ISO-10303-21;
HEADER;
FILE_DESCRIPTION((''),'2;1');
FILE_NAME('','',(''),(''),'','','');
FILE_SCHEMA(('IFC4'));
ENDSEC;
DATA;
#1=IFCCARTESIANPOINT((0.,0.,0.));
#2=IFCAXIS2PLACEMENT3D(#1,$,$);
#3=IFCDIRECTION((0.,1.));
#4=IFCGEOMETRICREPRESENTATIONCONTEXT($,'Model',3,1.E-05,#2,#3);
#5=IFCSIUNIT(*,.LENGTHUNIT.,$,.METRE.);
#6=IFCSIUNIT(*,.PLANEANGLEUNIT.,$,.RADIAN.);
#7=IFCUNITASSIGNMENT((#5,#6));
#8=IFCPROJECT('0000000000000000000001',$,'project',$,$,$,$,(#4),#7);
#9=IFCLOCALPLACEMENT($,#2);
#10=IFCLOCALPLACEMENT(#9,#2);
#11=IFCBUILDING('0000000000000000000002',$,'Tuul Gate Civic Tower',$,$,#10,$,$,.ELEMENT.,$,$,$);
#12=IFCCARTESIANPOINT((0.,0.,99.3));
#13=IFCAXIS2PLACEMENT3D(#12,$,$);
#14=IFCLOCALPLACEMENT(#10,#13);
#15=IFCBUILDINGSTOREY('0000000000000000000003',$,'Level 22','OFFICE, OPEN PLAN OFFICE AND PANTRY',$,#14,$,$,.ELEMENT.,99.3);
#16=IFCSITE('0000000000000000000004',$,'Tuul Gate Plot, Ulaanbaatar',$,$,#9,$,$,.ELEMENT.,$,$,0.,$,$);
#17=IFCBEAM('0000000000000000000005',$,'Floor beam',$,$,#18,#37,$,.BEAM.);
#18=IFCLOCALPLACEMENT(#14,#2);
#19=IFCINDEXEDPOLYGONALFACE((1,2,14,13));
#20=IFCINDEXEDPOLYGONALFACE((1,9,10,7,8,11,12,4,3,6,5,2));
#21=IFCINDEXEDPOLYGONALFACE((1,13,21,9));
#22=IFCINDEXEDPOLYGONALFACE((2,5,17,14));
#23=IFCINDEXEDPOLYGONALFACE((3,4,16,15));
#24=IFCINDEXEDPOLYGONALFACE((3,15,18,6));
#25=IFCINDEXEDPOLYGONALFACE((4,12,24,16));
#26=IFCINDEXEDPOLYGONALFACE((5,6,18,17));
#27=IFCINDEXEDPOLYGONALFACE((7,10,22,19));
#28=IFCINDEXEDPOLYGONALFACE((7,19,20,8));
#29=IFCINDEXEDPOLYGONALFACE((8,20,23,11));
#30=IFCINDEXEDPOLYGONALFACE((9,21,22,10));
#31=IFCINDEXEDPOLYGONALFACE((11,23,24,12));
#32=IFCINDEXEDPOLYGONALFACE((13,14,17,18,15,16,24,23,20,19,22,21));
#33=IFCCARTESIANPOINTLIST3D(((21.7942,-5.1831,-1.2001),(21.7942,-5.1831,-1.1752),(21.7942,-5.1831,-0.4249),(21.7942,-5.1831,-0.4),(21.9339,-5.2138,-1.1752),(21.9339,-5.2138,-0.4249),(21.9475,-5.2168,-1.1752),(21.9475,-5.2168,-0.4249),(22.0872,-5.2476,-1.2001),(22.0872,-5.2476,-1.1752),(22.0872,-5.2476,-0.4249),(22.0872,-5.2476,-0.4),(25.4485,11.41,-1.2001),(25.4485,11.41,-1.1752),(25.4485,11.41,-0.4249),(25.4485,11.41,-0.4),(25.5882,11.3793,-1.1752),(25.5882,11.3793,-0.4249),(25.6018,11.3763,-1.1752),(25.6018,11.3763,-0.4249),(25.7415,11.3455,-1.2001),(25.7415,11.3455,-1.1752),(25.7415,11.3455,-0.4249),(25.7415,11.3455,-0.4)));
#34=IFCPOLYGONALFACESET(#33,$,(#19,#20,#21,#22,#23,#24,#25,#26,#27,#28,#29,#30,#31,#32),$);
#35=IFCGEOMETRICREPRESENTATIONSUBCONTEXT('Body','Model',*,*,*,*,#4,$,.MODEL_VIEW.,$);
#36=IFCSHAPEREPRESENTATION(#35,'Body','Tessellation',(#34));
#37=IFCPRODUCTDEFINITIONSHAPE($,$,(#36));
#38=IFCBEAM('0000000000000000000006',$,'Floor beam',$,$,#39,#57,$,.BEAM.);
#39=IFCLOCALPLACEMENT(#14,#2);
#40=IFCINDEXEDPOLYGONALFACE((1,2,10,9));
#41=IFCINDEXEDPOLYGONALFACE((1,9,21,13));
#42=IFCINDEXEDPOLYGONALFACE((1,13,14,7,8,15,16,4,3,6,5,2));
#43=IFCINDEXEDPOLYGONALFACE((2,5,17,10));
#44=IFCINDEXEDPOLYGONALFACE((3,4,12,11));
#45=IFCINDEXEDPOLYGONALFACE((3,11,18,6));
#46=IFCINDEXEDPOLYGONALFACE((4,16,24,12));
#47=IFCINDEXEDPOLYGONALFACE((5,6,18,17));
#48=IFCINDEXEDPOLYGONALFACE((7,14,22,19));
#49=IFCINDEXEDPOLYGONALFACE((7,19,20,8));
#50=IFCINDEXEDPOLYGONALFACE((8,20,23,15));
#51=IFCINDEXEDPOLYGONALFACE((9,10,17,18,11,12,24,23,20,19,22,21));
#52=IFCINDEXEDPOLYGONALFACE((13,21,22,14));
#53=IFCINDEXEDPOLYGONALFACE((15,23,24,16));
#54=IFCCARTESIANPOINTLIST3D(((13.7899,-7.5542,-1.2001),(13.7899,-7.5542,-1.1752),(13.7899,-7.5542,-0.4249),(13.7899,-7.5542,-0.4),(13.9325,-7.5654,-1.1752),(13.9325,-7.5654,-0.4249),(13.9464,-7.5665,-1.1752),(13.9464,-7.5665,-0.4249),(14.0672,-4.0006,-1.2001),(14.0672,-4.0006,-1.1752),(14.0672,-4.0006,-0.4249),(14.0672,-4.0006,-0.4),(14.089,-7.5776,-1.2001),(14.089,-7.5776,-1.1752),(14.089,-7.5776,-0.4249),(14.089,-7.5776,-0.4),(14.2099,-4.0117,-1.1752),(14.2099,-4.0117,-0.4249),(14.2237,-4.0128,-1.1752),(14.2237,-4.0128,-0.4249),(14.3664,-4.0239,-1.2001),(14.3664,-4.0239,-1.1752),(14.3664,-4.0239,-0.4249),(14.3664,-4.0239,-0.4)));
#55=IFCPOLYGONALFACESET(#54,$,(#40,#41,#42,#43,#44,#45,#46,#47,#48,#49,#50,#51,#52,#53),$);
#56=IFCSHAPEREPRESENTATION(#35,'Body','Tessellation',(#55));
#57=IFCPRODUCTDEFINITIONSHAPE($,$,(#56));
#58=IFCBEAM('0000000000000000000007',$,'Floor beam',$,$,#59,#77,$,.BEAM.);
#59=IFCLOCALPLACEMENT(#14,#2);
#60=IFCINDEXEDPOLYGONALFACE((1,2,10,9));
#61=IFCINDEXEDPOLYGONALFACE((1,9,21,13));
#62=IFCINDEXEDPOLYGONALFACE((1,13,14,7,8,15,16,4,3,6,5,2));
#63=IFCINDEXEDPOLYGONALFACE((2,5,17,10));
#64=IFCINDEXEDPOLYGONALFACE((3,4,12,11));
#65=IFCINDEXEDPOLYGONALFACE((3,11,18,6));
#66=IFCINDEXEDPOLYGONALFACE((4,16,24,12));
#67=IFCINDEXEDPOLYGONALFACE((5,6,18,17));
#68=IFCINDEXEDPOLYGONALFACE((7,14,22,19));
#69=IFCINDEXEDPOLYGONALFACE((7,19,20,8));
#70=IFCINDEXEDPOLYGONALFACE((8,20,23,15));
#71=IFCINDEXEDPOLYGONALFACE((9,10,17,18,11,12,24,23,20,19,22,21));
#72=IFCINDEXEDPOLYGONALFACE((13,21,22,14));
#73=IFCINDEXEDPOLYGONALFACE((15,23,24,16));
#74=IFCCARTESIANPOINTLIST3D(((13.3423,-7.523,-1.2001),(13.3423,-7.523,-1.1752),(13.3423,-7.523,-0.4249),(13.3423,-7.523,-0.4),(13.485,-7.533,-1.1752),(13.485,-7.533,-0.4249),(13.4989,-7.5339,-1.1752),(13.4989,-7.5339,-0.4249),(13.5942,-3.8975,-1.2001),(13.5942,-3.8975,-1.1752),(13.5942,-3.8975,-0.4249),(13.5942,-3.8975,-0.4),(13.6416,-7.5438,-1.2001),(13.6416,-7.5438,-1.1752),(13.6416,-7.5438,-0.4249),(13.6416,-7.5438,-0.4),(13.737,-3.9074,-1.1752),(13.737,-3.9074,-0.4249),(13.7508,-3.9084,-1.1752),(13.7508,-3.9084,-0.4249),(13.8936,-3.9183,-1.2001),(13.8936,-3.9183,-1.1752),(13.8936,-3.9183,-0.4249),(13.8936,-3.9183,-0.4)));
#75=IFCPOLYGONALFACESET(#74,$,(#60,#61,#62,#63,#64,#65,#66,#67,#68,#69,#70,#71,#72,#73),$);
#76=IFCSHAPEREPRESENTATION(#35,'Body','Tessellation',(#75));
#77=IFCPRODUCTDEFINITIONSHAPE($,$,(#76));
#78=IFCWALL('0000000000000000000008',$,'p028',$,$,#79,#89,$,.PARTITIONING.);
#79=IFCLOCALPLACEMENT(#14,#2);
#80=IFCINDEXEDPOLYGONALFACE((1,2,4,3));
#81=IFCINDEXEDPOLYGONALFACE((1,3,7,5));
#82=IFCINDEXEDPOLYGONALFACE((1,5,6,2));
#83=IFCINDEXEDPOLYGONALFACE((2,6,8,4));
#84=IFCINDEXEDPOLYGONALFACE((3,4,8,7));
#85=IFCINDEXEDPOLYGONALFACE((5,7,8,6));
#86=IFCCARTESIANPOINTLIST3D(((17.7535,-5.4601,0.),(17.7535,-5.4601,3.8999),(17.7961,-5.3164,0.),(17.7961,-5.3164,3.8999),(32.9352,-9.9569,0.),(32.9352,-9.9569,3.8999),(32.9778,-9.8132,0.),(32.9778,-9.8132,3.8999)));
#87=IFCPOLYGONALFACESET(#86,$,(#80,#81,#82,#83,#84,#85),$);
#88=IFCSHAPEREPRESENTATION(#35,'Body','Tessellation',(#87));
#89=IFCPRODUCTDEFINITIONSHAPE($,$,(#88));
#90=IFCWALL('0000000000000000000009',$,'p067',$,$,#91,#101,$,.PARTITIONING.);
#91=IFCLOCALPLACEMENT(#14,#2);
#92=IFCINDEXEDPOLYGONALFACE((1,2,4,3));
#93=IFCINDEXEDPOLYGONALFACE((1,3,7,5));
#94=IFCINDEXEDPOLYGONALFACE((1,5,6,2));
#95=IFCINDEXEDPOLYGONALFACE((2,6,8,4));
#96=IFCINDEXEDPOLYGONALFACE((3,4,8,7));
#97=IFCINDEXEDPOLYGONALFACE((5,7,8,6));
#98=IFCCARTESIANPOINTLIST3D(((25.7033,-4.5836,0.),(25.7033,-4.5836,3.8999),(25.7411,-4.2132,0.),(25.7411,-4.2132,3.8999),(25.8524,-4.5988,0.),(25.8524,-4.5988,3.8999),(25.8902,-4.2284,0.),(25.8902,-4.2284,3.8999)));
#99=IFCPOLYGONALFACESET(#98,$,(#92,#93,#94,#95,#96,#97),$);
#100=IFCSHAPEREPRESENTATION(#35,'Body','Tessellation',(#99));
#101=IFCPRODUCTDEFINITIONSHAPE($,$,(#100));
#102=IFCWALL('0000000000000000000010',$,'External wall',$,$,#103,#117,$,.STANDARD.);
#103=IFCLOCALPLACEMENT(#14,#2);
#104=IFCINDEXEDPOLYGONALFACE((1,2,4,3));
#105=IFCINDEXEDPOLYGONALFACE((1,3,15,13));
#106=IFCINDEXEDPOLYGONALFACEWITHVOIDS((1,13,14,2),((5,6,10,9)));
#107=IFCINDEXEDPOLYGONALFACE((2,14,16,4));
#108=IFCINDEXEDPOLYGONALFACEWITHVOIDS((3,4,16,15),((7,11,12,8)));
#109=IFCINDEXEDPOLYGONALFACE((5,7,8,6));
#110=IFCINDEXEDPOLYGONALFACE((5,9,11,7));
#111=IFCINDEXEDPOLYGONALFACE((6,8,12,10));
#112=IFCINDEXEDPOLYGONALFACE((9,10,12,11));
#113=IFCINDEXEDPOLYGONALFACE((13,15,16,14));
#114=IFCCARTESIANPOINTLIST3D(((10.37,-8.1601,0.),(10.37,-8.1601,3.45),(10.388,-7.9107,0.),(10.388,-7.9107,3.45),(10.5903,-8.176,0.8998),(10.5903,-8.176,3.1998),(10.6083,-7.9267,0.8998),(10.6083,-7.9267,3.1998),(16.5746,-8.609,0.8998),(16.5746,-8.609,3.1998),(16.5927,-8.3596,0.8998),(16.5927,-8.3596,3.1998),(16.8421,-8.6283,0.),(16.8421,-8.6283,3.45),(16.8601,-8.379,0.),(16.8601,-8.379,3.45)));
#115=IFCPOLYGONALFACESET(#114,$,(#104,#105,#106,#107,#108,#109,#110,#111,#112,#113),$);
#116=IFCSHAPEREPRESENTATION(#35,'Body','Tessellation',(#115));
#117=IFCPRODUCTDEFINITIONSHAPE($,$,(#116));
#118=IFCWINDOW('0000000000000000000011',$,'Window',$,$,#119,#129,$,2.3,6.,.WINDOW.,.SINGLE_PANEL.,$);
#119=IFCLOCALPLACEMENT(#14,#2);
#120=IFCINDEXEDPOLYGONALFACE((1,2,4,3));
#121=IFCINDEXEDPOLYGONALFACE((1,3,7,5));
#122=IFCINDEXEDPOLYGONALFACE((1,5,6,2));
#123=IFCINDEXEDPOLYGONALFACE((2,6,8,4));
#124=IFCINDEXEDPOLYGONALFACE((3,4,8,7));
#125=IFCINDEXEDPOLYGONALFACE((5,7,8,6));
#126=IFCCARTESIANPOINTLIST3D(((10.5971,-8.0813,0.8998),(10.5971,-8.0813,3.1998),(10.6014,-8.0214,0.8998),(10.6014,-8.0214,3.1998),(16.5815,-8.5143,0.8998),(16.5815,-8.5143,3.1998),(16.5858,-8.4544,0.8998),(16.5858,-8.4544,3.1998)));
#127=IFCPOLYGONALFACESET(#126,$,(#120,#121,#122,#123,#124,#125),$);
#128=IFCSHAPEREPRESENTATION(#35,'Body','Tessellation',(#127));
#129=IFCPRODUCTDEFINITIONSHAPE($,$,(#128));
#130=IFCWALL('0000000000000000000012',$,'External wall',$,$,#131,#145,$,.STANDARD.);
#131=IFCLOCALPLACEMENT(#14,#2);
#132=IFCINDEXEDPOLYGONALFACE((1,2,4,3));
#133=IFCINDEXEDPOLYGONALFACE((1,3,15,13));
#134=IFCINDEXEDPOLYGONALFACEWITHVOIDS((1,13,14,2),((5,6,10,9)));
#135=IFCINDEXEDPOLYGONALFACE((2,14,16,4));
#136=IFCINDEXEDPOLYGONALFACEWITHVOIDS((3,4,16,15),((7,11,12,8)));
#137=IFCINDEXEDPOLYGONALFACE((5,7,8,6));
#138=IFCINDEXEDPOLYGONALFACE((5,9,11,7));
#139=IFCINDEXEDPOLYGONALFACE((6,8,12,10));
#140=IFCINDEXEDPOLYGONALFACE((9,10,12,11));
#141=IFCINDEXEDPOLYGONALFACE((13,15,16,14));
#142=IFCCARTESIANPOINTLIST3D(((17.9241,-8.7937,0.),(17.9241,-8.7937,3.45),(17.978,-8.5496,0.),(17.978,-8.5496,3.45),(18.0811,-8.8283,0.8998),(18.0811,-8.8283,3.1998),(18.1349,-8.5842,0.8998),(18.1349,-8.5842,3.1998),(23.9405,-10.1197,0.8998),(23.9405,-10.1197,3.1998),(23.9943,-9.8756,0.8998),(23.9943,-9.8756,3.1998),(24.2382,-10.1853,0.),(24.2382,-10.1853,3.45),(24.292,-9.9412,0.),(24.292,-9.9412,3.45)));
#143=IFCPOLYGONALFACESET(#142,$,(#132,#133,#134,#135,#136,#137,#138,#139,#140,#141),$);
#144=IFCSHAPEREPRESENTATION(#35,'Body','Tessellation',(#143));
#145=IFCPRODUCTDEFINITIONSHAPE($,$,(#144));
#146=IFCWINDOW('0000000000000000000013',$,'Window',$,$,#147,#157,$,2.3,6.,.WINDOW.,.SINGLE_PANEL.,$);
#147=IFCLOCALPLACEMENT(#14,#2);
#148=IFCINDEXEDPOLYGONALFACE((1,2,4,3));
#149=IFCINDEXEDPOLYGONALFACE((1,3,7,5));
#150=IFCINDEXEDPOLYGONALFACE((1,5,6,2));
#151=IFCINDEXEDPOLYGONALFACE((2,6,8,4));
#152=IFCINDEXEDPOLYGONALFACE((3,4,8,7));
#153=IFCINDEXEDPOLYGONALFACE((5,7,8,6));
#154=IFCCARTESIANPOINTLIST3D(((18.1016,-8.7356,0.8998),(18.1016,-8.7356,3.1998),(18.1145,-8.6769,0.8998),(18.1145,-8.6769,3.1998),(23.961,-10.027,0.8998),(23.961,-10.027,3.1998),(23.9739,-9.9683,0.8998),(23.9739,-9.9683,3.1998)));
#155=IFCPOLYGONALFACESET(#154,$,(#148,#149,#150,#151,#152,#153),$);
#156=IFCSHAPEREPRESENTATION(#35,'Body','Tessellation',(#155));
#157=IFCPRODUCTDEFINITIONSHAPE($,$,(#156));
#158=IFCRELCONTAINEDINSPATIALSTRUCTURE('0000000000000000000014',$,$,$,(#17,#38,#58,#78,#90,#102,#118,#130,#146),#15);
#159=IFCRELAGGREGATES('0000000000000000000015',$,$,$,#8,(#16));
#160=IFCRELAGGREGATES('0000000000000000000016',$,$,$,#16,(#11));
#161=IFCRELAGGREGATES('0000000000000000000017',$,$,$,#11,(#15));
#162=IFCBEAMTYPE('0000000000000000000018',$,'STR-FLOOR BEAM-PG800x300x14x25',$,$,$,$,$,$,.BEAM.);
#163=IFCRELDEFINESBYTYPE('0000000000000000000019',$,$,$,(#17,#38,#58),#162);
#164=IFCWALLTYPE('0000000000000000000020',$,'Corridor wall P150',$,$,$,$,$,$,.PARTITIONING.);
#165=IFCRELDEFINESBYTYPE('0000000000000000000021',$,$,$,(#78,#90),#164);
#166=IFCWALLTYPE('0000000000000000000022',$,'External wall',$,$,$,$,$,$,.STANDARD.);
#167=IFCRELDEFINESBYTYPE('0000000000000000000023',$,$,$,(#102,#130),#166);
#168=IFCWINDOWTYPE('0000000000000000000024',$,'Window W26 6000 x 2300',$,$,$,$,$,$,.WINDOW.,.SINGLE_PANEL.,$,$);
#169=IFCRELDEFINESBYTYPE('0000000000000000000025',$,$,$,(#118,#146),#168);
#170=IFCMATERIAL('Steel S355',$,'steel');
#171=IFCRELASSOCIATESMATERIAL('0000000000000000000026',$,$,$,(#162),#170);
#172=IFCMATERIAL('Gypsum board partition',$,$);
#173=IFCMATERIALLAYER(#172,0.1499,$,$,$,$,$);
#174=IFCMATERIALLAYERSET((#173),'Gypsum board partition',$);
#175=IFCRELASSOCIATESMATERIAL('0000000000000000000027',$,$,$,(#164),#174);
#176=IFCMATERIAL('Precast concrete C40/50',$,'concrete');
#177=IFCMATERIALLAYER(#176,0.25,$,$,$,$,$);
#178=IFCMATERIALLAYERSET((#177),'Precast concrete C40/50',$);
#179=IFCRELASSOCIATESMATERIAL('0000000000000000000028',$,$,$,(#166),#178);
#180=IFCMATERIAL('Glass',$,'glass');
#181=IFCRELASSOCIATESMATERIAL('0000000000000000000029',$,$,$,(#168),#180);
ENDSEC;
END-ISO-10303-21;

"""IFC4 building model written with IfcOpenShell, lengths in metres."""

from ifc_helpers import new_model, si_unit, direction, frame, frame_2d, origin, origin_2d, place, context, subcontext, project, spatial, rectangle, i_section, extrude, material, layer, layer_set, material_profile, profile_set, type_object, element, fill, save


model = new_model("IFC4")

# Units and contexts
model_context = context("Model", 3, precision=1e-05, world=origin(), true_north=direction((0.0, 1.0)))
body_context = subcontext(model_context, "Body", "Model", "MODEL_VIEW")
ifc_project = project(units=[si_unit("LENGTHUNIT", "METRE"), si_unit("PLANEANGLEUNIT", "RADIAN")], contexts=[model_context])

# Site, building, storey
site_placement = place(None, origin())
site = spatial("IfcSite", under=ifc_project, at=site_placement, Name="Tuul Gate Plot, Ulaanbaatar", CompositionType="ELEMENT", RefElevation=0.0)
building_placement = place(site_placement, origin())
building = spatial("IfcBuilding", under=site, at=building_placement, Name="Tuul Gate Civic Tower", CompositionType="ELEMENT")
storey_placement = place(building_placement, frame((0.0, 0.0, 99.3)))
storey = spatial("IfcBuildingStorey", under=building, at=storey_placement, Name="Level 22", Description="OFFICE, OPEN PLAN OFFICE AND PANTRY", CompositionType="ELEMENT", Elevation=99.3)

# Beams
ifc_material_1 = material(Name="Steel S355", Category="steel")
ifc_material_profile_1 = material_profile(ifc_material_1, i_section(OverallWidth=0.3, OverallDepth=0.8, WebThickness=0.0139, FlangeThickness=0.0249, at=origin_2d()), Name="PG800x300x14x25")
ifc_profile_set_1 = profile_set([ifc_material_profile_1], Name="Steel S355")
beam_type_1 = type_object("IfcBeamType", Name="STR-FLOOR BEAM-PG800x300x14x25", PredefinedType="BEAM", material=ifc_profile_set_1)
beam_1_placement = place(storey_placement, frame((21.9407, -5.2153, -0.8), z_axis=(0.215077, 0.976597, 0.0), x_axis=(-0.976597, 0.215077, 0.0)))
element("IfcBeam", 1, at=beam_1_placement, inside=storey, type_object=beam_type_1, Name="Floor beam", PredefinedType="BEAM", context=body_context, shape_type="SweptSolid", body=[
    extrude(i_section(OverallWidth=0.3, OverallDepth=0.8, WebThickness=0.0139, FlangeThickness=0.0249, at=origin_2d()), origin(), (0.0, 0.0, 1.0), 16.9907),
])
beam_2_placement = place(storey_placement, frame((13.9395, -7.5659, -0.8), z_axis=(0.077807, 0.996968, 0.0), x_axis=(-0.996968, 0.077807, 0.0)))
element("IfcBeam", 2, at=beam_2_placement, inside=storey, type_object=beam_type_1, Name="Floor beam", PredefinedType="BEAM", context=body_context, shape_type="SweptSolid", body=[
    extrude(i_section(OverallWidth=0.3, OverallDepth=0.8, WebThickness=0.0139, FlangeThickness=0.0249, at=origin_2d()), origin(), (0.0, 0.0, 1.0), 3.5645),
])
beam_3_placement = place(storey_placement, frame((13.4919, -7.5334, -0.8), z_axis=(0.069328, 0.997594, 0.0), x_axis=(-0.997594, 0.069328, 0.0)))
element("IfcBeam", 3, at=beam_3_placement, inside=storey, type_object=beam_type_1, Name="Floor beam", PredefinedType="BEAM", context=body_context, shape_type="SweptSolid", body=[
    extrude(i_section(OverallWidth=0.3, OverallDepth=0.8, WebThickness=0.0139, FlangeThickness=0.0249, at=origin_2d()), origin(), (0.0, 0.0, 1.0), 3.6343),
])

# Walls
ifc_material_2 = material(Name="Gypsum board partition")
ifc_layer_1 = layer(ifc_material_2, 0.1499)
ifc_layer_set_1 = layer_set([ifc_layer_1], Name="Gypsum board partition")
wall_type_1 = type_object("IfcWallType", Name="Corridor wall P150", PredefinedType="PARTITIONING", material=ifc_layer_set_1)
wall_1_placement = place(storey_placement, frame((17.7747, -5.3882, 0.0), z_axis=(0.0, 0.0, 1.0), x_axis=(0.958823, -0.284005, 0.0)))
element("IfcWall", 4, at=wall_1_placement, inside=storey, type_object=wall_type_1, Name="p028", PredefinedType="PARTITIONING", context=body_context, shape_type="SweptSolid", body=[
    extrude(rectangle(XDim=15.8337, YDim=0.1499, at=frame_2d((7.917, 0.0))), origin(), (0.0, 0.0, 1.0), 3.8999),
])
wall_2_placement = place(storey_placement, frame((25.7778, -4.5911, 0.0), z_axis=(0.0, 0.0, 1.0), x_axis=(0.101646, 0.994821, 0.0)))
element("IfcWall", 5, at=wall_2_placement, inside=storey, type_object=wall_type_1, Name="p067", PredefinedType="PARTITIONING", context=body_context, shape_type="SweptSolid", body=[
    extrude(rectangle(XDim=0.3723, YDim=0.1499, at=frame_2d((0.186, 0.0))), origin(), (0.0, 0.0, 1.0), 3.8999),
])

# Walls, openings, windows
ifc_material_3 = material(Name="Precast concrete C40/50", Category="concrete")
ifc_layer_2 = layer(ifc_material_3, 0.25)
ifc_layer_set_2 = layer_set([ifc_layer_2], Name="Precast concrete C40/50")
wall_type_2 = type_object("IfcWallType", Name="External wall", PredefinedType="STANDARD", material=ifc_layer_set_2)
wall_3_placement = place(storey_placement, frame((10.3789, -8.0354, 0.0), z_axis=(0.0, 0.0, 1.0), x_axis=(0.997393, -0.072161, 0.0)))
wall_3 = element("IfcWall", 6, at=wall_3_placement, inside=storey, type_object=wall_type_2, Name="External wall", PredefinedType="STANDARD", context=body_context, shape_type="SweptSolid", body=[
    extrude(rectangle(XDim=6.489, YDim=0.25, at=frame_2d((3.2446, 0.0))), origin(), (0.0, 0.0, 1.0), 3.45),
])
opening_1_placement = place(wall_3_placement, frame((0.2209, 0.0, 0.8999)))
opening_1 = element("IfcOpeningElement", 7, at=opening_1_placement, cuts=wall_3, PredefinedType="OPENING", context=body_context, shape_type="SweptSolid", body=[
    extrude(rectangle(XDim=6.0, YDim=2.3, at=frame_2d((3.0, 1.1499))), frame((0.0, 0.135, 0.0), z_axis=(0.0, -1.0, 0.0), x_axis=(1.0, 0.0, 0.0)), (0.0, 0.0, 1.0), 0.27),
])
ifc_material_4 = material(Name="Glass", Category="glass")
window_type = type_object("IfcWindowType", Name="Window W26 6000 x 2300", PartitioningType="SINGLE_PANEL", PredefinedType="WINDOW", material=ifc_material_4)
window_1_placement = place(opening_1_placement, origin())
window_1 = element("IfcWindow", 8, at=window_1_placement, inside=storey, type_object=window_type, Name="Window", OverallHeight=2.3, OverallWidth=6.0, PartitioningType="SINGLE_PANEL", PredefinedType="WINDOW", context=body_context, shape_type="SweptSolid", body=[
    extrude(rectangle(XDim=6.0, YDim=2.3, at=frame_2d((3.0, 1.1499))), frame((0.0, 0.03, 0.0), z_axis=(0.0, -1.0, 0.0), x_axis=(1.0, 0.0, 0.0)), (0.0, 0.0, 1.0), 0.0601),
])
fill(opening_1, window_1)
wall_4_placement = place(storey_placement, frame((17.9509, -8.6716, 0.0), z_axis=(0.0, 0.0, 1.0), x_axis=(0.976562, -0.215235, 0.0)))
wall_4 = element("IfcWall", 9, at=wall_4_placement, inside=storey, type_object=wall_type_2, Name="External wall", PredefinedType="STANDARD", context=body_context, shape_type="SweptSolid", body=[
    extrude(rectangle(XDim=6.4656, YDim=0.25, at=frame_2d((3.2329, 0.0))), origin(), (0.0, 0.0, 1.0), 3.45),
])
opening_2_placement = place(wall_4_placement, frame((0.1609, 0.0, 0.8999)))
opening_2 = element("IfcOpeningElement", 10, at=opening_2_placement, cuts=wall_4, PredefinedType="OPENING", context=body_context, shape_type="SweptSolid", body=[
    extrude(rectangle(XDim=6.0, YDim=2.3, at=frame_2d((3.0, 1.1499))), frame((0.0, 0.135, 0.0), z_axis=(0.0, -1.0, 0.0), x_axis=(1.0, 0.0, 0.0)), (0.0, 0.0, 1.0), 0.27),
])
window_2_placement = place(opening_2_placement, origin())
window_2 = element("IfcWindow", 11, at=window_2_placement, inside=storey, type_object=window_type, Name="Window", OverallHeight=2.3, OverallWidth=6.0, PartitioningType="SINGLE_PANEL", PredefinedType="WINDOW", context=body_context, shape_type="SweptSolid", body=[
    extrude(rectangle(XDim=6.0, YDim=2.3, at=frame_2d((3.0, 1.1499))), frame((0.0, 0.03, 0.0), z_axis=(0.0, -1.0, 0.0), x_axis=(1.0, 0.0, 0.0)), (0.0, 0.0, 1.0), 0.0601),
])
fill(opening_2, window_2)

save(model, "model.ifc")
